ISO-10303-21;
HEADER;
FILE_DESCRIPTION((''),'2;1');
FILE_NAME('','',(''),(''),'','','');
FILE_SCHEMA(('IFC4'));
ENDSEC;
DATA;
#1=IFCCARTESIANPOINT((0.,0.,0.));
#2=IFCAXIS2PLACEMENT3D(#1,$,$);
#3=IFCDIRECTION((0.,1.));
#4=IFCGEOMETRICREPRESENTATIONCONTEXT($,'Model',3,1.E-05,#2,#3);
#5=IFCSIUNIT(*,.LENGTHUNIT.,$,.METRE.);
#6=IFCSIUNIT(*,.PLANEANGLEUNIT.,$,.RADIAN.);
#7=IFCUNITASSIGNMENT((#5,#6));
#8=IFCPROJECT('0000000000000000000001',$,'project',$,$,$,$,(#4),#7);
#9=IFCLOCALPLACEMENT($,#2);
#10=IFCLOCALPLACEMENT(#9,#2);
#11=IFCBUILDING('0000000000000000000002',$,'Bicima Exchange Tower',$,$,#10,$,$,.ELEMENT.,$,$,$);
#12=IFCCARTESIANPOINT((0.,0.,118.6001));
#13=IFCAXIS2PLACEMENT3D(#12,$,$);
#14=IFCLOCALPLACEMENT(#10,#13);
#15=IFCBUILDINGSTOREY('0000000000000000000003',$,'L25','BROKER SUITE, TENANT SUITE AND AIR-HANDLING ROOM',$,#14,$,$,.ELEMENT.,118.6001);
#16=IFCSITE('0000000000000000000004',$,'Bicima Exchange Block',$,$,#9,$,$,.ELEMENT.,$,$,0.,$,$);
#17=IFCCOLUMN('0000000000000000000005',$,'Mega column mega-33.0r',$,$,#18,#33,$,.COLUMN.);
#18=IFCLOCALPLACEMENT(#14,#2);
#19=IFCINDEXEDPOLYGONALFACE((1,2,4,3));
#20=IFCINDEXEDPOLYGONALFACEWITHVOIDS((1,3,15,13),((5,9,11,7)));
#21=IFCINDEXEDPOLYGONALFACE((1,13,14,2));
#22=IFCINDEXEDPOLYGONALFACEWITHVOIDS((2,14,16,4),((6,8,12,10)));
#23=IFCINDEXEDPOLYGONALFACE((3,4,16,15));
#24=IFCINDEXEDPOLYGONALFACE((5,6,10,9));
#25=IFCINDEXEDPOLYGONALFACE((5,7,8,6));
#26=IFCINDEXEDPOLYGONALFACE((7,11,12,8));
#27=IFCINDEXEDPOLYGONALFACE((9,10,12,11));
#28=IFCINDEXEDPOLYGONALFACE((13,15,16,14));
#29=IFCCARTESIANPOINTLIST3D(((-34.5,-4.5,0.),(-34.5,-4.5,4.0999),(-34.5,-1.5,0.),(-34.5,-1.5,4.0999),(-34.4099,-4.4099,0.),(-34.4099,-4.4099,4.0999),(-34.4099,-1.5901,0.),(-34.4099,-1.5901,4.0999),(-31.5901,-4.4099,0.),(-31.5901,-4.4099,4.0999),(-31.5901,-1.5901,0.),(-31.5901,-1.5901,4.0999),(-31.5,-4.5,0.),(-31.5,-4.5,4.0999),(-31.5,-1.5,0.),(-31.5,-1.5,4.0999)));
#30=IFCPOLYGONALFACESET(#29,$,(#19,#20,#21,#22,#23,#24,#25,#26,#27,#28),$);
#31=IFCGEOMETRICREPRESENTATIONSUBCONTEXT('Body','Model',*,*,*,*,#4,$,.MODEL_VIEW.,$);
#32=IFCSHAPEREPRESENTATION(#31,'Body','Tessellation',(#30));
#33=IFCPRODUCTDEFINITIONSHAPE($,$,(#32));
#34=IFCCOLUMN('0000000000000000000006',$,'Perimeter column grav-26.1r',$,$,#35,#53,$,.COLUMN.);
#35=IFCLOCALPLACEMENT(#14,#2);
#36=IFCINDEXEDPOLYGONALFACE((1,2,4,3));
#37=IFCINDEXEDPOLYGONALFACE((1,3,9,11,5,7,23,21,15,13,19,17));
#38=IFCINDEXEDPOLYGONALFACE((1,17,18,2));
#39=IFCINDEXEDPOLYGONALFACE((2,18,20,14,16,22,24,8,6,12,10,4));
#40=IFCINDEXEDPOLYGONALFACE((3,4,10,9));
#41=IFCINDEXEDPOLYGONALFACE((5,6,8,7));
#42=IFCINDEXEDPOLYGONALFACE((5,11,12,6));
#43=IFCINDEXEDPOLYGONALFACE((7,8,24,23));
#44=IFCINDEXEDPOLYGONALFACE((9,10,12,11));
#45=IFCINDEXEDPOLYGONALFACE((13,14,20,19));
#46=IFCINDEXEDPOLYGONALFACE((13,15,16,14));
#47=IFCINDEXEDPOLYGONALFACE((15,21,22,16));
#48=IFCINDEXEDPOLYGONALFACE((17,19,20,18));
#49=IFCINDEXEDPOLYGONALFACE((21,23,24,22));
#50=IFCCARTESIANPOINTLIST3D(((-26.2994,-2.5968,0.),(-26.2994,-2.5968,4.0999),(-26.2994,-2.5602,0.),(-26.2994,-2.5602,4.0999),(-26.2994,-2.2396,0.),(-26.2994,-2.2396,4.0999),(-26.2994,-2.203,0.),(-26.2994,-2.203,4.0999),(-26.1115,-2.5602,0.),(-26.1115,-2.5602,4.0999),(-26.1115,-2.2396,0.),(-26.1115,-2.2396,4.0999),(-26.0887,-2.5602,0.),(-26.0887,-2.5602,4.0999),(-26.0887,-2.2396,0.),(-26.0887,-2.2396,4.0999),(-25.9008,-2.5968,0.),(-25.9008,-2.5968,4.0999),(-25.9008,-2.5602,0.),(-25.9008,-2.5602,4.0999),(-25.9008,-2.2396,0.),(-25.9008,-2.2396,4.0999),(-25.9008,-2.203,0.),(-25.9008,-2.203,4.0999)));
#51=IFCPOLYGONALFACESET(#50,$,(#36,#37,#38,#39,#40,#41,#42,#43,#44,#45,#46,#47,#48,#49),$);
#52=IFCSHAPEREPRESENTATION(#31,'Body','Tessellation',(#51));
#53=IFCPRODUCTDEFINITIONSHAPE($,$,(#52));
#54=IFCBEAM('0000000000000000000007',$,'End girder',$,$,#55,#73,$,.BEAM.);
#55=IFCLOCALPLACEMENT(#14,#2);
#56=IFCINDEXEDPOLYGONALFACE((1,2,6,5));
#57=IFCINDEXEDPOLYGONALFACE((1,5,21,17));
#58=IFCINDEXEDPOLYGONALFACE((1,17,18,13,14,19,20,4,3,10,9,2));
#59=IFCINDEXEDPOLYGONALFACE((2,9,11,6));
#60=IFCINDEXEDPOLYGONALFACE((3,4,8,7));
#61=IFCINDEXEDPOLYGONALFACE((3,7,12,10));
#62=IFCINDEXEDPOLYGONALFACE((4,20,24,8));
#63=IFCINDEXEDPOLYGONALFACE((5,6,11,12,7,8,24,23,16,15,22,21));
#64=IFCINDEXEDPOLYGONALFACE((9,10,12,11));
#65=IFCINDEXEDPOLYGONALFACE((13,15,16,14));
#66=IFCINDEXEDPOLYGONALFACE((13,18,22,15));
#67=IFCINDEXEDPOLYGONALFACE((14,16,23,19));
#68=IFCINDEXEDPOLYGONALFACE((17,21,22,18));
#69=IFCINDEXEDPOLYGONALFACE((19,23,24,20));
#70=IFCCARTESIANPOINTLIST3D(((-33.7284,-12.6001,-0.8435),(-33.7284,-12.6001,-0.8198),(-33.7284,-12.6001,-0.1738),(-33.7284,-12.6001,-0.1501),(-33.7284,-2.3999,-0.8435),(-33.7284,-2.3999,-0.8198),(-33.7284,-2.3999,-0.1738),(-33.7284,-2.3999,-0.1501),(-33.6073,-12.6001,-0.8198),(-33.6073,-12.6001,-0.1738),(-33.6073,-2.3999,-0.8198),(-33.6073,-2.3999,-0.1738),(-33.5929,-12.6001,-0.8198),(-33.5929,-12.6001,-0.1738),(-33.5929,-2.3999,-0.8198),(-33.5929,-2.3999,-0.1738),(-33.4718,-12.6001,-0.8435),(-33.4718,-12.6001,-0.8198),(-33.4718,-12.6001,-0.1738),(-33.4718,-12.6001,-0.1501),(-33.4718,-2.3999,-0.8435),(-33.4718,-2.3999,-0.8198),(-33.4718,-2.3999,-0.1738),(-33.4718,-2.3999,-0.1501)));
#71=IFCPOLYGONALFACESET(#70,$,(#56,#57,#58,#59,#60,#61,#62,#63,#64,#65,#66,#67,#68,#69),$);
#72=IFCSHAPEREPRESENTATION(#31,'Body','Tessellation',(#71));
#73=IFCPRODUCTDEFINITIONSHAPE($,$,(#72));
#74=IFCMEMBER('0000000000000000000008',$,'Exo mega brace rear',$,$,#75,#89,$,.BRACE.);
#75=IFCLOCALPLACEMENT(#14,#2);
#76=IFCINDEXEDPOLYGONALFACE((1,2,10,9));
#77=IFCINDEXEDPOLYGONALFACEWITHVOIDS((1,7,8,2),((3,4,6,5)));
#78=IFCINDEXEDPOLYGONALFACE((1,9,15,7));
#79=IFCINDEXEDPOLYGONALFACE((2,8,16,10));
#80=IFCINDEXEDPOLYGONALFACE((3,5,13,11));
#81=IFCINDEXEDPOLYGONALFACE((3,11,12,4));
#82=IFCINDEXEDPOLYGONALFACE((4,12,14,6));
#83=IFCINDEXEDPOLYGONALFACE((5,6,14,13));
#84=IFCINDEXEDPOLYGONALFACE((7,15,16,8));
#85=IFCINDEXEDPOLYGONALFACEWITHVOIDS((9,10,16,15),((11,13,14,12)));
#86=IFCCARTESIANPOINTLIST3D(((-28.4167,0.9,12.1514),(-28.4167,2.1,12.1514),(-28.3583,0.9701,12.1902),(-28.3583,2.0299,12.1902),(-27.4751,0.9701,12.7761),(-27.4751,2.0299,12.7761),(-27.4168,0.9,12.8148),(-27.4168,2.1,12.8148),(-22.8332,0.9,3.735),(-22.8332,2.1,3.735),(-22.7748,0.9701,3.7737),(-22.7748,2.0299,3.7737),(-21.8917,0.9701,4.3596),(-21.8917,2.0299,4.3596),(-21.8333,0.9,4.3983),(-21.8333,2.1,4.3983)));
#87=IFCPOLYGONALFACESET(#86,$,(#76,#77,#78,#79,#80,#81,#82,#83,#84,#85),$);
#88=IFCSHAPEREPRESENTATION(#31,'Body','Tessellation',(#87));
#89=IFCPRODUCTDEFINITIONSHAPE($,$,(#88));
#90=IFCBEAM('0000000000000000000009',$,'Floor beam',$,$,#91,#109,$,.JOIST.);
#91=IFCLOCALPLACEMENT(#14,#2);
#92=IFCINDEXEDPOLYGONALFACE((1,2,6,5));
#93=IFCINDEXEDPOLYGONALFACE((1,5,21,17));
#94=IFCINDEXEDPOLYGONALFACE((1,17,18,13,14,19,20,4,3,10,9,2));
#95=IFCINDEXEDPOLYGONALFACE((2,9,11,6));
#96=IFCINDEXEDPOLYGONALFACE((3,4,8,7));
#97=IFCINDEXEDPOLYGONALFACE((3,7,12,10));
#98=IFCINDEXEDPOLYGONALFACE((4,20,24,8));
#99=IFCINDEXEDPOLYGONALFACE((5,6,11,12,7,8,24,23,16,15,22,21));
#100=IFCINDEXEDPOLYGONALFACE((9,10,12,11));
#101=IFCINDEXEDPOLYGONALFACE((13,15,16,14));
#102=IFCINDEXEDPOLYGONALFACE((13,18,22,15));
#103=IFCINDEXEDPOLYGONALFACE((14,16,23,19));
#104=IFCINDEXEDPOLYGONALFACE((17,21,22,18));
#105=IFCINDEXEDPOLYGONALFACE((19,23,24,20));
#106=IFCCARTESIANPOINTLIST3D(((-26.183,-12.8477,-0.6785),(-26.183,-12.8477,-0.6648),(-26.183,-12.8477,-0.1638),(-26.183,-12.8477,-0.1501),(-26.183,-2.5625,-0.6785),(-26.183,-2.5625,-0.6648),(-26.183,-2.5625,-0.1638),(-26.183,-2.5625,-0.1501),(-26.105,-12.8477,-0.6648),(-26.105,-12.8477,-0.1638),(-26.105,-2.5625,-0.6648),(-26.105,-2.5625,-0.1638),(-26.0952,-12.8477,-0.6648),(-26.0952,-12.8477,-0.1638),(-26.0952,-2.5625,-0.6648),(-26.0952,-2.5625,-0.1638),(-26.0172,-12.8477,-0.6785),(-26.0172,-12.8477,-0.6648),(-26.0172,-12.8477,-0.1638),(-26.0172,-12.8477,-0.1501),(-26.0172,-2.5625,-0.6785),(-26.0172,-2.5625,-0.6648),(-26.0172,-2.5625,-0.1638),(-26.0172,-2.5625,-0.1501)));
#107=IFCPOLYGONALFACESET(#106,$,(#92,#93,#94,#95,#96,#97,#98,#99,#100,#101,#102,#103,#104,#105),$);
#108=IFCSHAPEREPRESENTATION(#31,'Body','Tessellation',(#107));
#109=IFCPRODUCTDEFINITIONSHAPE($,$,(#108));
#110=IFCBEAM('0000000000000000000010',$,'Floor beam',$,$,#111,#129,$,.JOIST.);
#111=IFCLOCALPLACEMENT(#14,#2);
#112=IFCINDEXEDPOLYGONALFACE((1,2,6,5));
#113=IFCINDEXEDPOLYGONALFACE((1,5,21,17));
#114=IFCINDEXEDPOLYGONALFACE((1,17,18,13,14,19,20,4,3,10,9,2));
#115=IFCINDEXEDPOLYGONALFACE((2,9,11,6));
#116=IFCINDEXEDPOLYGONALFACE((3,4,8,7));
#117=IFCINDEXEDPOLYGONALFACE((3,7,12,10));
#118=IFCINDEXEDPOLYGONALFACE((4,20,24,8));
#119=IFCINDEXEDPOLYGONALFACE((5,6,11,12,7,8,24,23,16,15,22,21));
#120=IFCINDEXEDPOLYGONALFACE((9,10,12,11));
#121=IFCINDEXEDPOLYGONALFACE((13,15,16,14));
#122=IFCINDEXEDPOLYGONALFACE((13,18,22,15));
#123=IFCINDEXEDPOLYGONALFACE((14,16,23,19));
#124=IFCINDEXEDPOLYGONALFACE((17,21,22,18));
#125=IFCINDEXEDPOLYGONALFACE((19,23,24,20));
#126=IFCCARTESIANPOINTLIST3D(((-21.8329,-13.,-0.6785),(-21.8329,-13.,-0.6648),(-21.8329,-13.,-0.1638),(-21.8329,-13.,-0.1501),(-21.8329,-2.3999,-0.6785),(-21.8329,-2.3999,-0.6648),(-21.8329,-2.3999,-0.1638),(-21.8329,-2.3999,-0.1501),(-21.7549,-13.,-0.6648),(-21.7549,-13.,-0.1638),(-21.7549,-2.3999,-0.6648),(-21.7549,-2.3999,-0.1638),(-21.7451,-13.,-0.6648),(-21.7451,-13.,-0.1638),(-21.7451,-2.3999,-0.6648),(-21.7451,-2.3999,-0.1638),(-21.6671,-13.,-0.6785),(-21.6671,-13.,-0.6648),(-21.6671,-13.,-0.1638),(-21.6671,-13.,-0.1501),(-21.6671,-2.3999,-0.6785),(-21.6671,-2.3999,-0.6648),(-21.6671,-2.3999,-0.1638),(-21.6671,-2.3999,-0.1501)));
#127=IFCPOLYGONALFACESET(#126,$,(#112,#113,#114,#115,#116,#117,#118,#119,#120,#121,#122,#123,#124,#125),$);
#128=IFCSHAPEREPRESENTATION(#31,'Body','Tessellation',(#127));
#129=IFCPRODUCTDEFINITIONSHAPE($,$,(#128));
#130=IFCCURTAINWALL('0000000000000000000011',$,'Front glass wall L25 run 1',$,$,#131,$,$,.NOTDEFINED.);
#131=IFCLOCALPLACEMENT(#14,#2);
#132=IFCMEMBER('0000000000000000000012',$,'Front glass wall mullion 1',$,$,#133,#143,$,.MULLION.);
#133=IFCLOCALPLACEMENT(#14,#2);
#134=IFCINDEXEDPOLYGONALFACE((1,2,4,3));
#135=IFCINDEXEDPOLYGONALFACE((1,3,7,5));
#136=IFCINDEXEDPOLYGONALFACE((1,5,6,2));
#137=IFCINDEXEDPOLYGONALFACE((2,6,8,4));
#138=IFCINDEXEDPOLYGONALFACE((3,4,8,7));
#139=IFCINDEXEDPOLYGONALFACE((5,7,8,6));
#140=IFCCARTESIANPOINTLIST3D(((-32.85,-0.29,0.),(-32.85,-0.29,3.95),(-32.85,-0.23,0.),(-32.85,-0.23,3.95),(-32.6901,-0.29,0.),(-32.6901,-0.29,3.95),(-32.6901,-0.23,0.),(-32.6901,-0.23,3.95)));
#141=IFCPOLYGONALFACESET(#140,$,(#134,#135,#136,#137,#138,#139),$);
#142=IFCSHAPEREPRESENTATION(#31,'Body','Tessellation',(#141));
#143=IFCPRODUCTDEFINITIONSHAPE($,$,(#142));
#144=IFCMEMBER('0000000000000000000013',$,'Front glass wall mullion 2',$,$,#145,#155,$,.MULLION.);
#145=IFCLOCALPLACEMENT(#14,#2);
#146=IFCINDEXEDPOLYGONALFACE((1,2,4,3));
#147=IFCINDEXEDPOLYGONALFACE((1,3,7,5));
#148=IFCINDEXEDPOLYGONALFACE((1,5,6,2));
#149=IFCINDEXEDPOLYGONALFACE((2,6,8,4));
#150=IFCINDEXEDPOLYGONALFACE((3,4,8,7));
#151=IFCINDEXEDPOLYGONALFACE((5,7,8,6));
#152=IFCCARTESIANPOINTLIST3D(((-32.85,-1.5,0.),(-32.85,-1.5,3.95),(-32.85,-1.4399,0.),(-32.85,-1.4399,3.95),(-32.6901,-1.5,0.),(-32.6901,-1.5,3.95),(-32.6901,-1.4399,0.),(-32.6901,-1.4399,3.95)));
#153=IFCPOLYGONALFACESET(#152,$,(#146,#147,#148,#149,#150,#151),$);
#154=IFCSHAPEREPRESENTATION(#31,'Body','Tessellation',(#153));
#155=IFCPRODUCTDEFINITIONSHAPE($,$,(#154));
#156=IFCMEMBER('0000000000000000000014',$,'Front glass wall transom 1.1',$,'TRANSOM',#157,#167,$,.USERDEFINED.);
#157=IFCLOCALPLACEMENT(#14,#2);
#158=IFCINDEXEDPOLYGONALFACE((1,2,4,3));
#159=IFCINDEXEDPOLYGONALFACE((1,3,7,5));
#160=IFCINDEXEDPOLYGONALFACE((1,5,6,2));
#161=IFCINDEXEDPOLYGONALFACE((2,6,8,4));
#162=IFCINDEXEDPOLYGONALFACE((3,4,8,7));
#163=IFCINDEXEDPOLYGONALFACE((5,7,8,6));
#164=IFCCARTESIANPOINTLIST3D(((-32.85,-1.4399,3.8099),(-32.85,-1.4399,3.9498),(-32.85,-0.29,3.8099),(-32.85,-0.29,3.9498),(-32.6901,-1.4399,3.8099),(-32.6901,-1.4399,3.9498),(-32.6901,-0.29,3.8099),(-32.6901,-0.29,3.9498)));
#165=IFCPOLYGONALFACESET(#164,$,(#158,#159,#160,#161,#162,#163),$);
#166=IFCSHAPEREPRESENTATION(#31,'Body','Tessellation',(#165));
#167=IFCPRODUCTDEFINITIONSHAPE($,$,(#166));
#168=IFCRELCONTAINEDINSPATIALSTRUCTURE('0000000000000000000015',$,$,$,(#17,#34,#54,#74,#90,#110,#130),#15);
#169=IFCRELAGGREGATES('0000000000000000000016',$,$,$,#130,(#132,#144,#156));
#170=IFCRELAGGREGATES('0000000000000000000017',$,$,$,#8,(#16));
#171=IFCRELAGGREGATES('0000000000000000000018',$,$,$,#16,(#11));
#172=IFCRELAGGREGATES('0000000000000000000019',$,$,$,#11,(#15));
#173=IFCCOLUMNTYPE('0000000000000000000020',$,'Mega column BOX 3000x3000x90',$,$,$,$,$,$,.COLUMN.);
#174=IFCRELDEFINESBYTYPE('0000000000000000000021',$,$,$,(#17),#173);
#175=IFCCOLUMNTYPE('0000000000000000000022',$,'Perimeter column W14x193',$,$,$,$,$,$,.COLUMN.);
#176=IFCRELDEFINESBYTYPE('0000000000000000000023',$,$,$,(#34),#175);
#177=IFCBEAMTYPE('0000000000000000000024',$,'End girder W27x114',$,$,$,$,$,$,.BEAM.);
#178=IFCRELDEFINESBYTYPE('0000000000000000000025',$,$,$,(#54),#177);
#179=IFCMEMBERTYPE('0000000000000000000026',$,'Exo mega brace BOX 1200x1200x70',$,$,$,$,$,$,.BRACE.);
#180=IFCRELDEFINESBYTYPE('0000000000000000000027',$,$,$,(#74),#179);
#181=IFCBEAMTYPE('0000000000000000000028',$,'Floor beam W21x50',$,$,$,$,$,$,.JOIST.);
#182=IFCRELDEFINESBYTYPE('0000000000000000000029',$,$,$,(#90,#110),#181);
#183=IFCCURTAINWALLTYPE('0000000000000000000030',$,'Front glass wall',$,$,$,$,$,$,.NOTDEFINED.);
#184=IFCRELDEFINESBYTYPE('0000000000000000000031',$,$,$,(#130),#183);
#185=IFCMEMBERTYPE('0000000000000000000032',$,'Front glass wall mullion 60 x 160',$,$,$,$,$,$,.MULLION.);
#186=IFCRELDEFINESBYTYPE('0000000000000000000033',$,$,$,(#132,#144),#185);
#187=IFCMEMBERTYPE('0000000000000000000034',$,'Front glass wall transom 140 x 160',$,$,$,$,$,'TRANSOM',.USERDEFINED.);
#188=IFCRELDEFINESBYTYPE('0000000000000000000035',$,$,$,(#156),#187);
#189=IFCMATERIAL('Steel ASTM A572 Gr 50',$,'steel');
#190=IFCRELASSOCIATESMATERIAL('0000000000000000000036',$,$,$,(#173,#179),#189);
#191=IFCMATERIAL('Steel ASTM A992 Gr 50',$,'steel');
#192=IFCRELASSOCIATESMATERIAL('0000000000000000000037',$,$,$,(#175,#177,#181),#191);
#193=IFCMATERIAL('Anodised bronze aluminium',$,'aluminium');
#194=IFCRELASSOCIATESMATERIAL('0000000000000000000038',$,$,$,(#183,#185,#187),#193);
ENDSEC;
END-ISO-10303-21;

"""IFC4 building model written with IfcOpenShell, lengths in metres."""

from ifc_helpers import new_model, si_unit, direction, frame, origin, origin_2d, place, context, subcontext, project, spatial, rectangle, hollow_rectangle, i_section, extrude, material, material_profile, profile_set, type_object, element, aggregate, save


model = new_model("IFC4")

# Units and contexts
model_context = context("Model", 3, precision=1e-05, world=origin(), true_north=direction((0.0, 1.0)))
body_context = subcontext(model_context, "Body", "Model", "MODEL_VIEW")
ifc_project = project(units=[si_unit("LENGTHUNIT", "METRE"), si_unit("PLANEANGLEUNIT", "RADIAN")], contexts=[model_context])

# Site, building, storey
site_placement = place(None, origin())
site = spatial("IfcSite", under=ifc_project, at=site_placement, Name="Bicima Exchange Block", CompositionType="ELEMENT", RefElevation=0.0)
building_placement = place(site_placement, origin())
building = spatial("IfcBuilding", under=site, at=building_placement, Name="Bicima Exchange Tower", CompositionType="ELEMENT")
storey_placement = place(building_placement, frame((0.0, 0.0, 118.6001)))
storey = spatial("IfcBuildingStorey", under=building, at=storey_placement, Name="L25", Description="BROKER SUITE, TENANT SUITE AND AIR-HANDLING ROOM", CompositionType="ELEMENT", Elevation=118.6001)

# Columns
ifc_material_1 = material(Name="Steel ASTM A572 Gr 50", Category="steel")
ifc_material_profile_1 = material_profile(ifc_material_1, hollow_rectangle(XDim=3.0, YDim=3.0, WallThickness=0.0901, at=origin_2d()))
ifc_profile_set_1 = profile_set([ifc_material_profile_1], Name="Steel ASTM A572 Gr 50")
column_type_1 = type_object("IfcColumnType", Name="Mega column BOX 3000x3000x90", PredefinedType="COLUMN", material=ifc_profile_set_1)
column_1_placement = place(storey_placement, frame((-33.0, -3.0, 0.0), z_axis=(0.0, 0.0, 1.0), x_axis=(1.0, 0.0, 0.0)))
element("IfcColumn", 1, at=column_1_placement, inside=storey, type_object=column_type_1, Name="Mega column mega-33.0r", PredefinedType="COLUMN", context=body_context, shape_type="SweptSolid", body=[
    extrude(hollow_rectangle(XDim=3.0, YDim=3.0, WallThickness=0.0901, at=origin_2d()), origin(), (0.0, 0.0, 1.0), 4.0999),
])
ifc_material_2 = material(Name="Steel ASTM A992 Gr 50", Category="steel")
ifc_material_profile_2 = material_profile(ifc_material_2, i_section(OverallWidth=0.3987, OverallDepth=0.3938, WebThickness=0.0227, FlangeThickness=0.0366, at=origin_2d()))
ifc_profile_set_2 = profile_set([ifc_material_profile_2], Name="Steel ASTM A992 Gr 50")
column_type_2 = type_object("IfcColumnType", Name="Perimeter column W14x193", PredefinedType="COLUMN", material=ifc_profile_set_2)
column_2_placement = place(storey_placement, frame((-26.1001, -2.3999, 0.0), z_axis=(0.0, 0.0, 1.0), x_axis=(1.0, 0.0, 0.0)))
element("IfcColumn", 2, at=column_2_placement, inside=storey, type_object=column_type_2, Name="Perimeter column grav-26.1r", PredefinedType="COLUMN", context=body_context, shape_type="SweptSolid", body=[
    extrude(i_section(OverallWidth=0.3987, OverallDepth=0.3938, WebThickness=0.0227, FlangeThickness=0.0366, at=origin_2d()), origin(), (0.0, 0.0, 1.0), 4.0999),
])

# Beam
ifc_material_profile_3 = material_profile(ifc_material_2, i_section(OverallWidth=0.2566, OverallDepth=0.6934, WebThickness=0.0144, FlangeThickness=0.0237, at=origin_2d()))
ifc_profile_set_3 = profile_set([ifc_material_profile_3], Name="Steel ASTM A992 Gr 50")
beam_type_1 = type_object("IfcBeamType", Name="End girder W27x114", PredefinedType="BEAM", material=ifc_profile_set_3)
beam_1_placement = place(storey_placement, frame((-33.6001, -2.3999, -0.4968), z_axis=(0.0, -1.0, 0.0), x_axis=(1.0, 0.0, 0.0)))
element("IfcBeam", 3, at=beam_1_placement, inside=storey, type_object=beam_type_1, Name="End girder", PredefinedType="BEAM", context=body_context, shape_type="SweptSolid", body=[
    extrude(i_section(OverallWidth=0.2566, OverallDepth=0.6934, WebThickness=0.0144, FlangeThickness=0.0237, at=origin_2d()), origin(), (0.0, 0.0, 1.0), 10.2002),
])

# Member
ifc_material_profile_4 = material_profile(ifc_material_1, hollow_rectangle(XDim=1.2, YDim=1.2, WallThickness=0.0701, at=origin_2d()))
ifc_profile_set_4 = profile_set([ifc_material_profile_4], Name="Steel ASTM A572 Gr 50")
member_type_1 = type_object("IfcMemberType", Name="Exo mega brace BOX 1200x1200x70", PredefinedType="BRACE", material=ifc_profile_set_4)
member_1_placement = place(storey_placement, frame((-22.3333, 1.5, 4.0667), z_axis=(-0.552813, 0.0, 0.833305), x_axis=(0.0, -1.0, 0.0)))
element("IfcMember", 4, at=member_1_placement, inside=storey, type_object=member_type_1, Name="Exo mega brace rear", PredefinedType="BRACE", context=body_context, shape_type="SweptSolid", body=[
    extrude(hollow_rectangle(XDim=1.2, YDim=1.2, WallThickness=0.0701, at=origin_2d()), origin(), (0.0, 0.0, 1.0), 10.1001),
])

# Beams
ifc_material_profile_5 = material_profile(ifc_material_2, i_section(OverallWidth=0.1658, OverallDepth=0.5283, WebThickness=0.0098, FlangeThickness=0.0137, at=origin_2d()))
ifc_profile_set_5 = profile_set([ifc_material_profile_5], Name="Steel ASTM A992 Gr 50")
beam_type_2 = type_object("IfcBeamType", Name="Floor beam W21x50", PredefinedType="JOIST", material=ifc_profile_set_5)
beam_2_placement = place(storey_placement, frame((-26.1001, -2.5625, -0.4143), z_axis=(0.0, -1.0, 0.0), x_axis=(1.0, 0.0, 0.0)))
element("IfcBeam", 5, at=beam_2_placement, inside=storey, type_object=beam_type_2, Name="Floor beam", PredefinedType="JOIST", context=body_context, shape_type="SweptSolid", body=[
    extrude(i_section(OverallWidth=0.1658, OverallDepth=0.5283, WebThickness=0.0098, FlangeThickness=0.0137, at=origin_2d()), origin(), (0.0, 0.0, 1.0), 10.2852),
])
beam_3_placement = place(storey_placement, frame((-21.75, -2.3999, -0.4143), z_axis=(0.0, -1.0, 0.0), x_axis=(1.0, 0.0, 0.0)))
element("IfcBeam", 6, at=beam_3_placement, inside=storey, type_object=beam_type_2, Name="Floor beam", PredefinedType="JOIST", context=body_context, shape_type="SweptSolid", body=[
    extrude(i_section(OverallWidth=0.1658, OverallDepth=0.5283, WebThickness=0.0098, FlangeThickness=0.0137, at=origin_2d()), origin(), (0.0, 0.0, 1.0), 10.6001),
])

# Curtain wall, members
ifc_material_3 = material(Name="Anodised bronze aluminium", Category="aluminium")
curtain_wall_type = type_object("IfcCurtainWallType", Name="Front glass wall", PredefinedType="NOTDEFINED", material=ifc_material_3)
curtain_wall_placement = place(storey_placement, origin())
curtain_wall = element("IfcCurtainWall", 7, at=curtain_wall_placement, inside=storey, type_object=curtain_wall_type, Name="Front glass wall L25 run 1", PredefinedType="NOTDEFINED")
ifc_material_profile_6 = material_profile(ifc_material_3, rectangle(XDim=0.1599, YDim=0.0601, at=origin_2d()))
ifc_profile_set_6 = profile_set([ifc_material_profile_6], Name="Anodised bronze aluminium")
member_type_2 = type_object("IfcMemberType", Name="Front glass wall mullion 60 x 160", PredefinedType="MULLION", material=ifc_profile_set_6)
member_2_placement = place(storey_placement, frame((-32.77, -0.26, 0.0), z_axis=(0.0, 0.0, 1.0), x_axis=(1.0, 0.0, 0.0)))
member_2 = element("IfcMember", 8, at=member_2_placement, type_object=member_type_2, Name="Front glass wall mullion 1", PredefinedType="MULLION", context=body_context, shape_type="SweptSolid", body=[
    extrude(rectangle(XDim=0.1599, YDim=0.0601, at=origin_2d()), origin(), (0.0, 0.0, 1.0), 3.95),
])
member_3_placement = place(storey_placement, frame((-32.77, -1.47, 0.0), z_axis=(0.0, 0.0, 1.0), x_axis=(1.0, 0.0, 0.0)))
member_3 = element("IfcMember", 9, at=member_3_placement, type_object=member_type_2, Name="Front glass wall mullion 2", PredefinedType="MULLION", context=body_context, shape_type="SweptSolid", body=[
    extrude(rectangle(XDim=0.1599, YDim=0.0601, at=origin_2d()), origin(), (0.0, 0.0, 1.0), 3.95),
])
ifc_material_profile_7 = material_profile(ifc_material_3, rectangle(XDim=0.1599, YDim=0.1399, at=origin_2d()))
ifc_profile_set_7 = profile_set([ifc_material_profile_7], Name="Anodised bronze aluminium")
member_type_3 = type_object("IfcMemberType", Name="Front glass wall transom 140 x 160", ElementType="TRANSOM", PredefinedType="USERDEFINED", material=ifc_profile_set_7)
member_4_placement = place(storey_placement, frame((-32.77, -0.29, 3.8799), z_axis=(0.0, -1.0, 0.0), x_axis=(1.0, 0.0, 0.0)))
member_4 = element("IfcMember", 10, at=member_4_placement, type_object=member_type_3, Name="Front glass wall transom 1.1", ObjectType="TRANSOM", PredefinedType="USERDEFINED", context=body_context, shape_type="SweptSolid", body=[
    extrude(rectangle(XDim=0.1599, YDim=0.1399, at=origin_2d()), origin(), (0.0, 0.0, 1.0), 1.1499),
])

aggregate(curtain_wall, [member_2, member_3, member_4])

save(model, "model.ifc")
